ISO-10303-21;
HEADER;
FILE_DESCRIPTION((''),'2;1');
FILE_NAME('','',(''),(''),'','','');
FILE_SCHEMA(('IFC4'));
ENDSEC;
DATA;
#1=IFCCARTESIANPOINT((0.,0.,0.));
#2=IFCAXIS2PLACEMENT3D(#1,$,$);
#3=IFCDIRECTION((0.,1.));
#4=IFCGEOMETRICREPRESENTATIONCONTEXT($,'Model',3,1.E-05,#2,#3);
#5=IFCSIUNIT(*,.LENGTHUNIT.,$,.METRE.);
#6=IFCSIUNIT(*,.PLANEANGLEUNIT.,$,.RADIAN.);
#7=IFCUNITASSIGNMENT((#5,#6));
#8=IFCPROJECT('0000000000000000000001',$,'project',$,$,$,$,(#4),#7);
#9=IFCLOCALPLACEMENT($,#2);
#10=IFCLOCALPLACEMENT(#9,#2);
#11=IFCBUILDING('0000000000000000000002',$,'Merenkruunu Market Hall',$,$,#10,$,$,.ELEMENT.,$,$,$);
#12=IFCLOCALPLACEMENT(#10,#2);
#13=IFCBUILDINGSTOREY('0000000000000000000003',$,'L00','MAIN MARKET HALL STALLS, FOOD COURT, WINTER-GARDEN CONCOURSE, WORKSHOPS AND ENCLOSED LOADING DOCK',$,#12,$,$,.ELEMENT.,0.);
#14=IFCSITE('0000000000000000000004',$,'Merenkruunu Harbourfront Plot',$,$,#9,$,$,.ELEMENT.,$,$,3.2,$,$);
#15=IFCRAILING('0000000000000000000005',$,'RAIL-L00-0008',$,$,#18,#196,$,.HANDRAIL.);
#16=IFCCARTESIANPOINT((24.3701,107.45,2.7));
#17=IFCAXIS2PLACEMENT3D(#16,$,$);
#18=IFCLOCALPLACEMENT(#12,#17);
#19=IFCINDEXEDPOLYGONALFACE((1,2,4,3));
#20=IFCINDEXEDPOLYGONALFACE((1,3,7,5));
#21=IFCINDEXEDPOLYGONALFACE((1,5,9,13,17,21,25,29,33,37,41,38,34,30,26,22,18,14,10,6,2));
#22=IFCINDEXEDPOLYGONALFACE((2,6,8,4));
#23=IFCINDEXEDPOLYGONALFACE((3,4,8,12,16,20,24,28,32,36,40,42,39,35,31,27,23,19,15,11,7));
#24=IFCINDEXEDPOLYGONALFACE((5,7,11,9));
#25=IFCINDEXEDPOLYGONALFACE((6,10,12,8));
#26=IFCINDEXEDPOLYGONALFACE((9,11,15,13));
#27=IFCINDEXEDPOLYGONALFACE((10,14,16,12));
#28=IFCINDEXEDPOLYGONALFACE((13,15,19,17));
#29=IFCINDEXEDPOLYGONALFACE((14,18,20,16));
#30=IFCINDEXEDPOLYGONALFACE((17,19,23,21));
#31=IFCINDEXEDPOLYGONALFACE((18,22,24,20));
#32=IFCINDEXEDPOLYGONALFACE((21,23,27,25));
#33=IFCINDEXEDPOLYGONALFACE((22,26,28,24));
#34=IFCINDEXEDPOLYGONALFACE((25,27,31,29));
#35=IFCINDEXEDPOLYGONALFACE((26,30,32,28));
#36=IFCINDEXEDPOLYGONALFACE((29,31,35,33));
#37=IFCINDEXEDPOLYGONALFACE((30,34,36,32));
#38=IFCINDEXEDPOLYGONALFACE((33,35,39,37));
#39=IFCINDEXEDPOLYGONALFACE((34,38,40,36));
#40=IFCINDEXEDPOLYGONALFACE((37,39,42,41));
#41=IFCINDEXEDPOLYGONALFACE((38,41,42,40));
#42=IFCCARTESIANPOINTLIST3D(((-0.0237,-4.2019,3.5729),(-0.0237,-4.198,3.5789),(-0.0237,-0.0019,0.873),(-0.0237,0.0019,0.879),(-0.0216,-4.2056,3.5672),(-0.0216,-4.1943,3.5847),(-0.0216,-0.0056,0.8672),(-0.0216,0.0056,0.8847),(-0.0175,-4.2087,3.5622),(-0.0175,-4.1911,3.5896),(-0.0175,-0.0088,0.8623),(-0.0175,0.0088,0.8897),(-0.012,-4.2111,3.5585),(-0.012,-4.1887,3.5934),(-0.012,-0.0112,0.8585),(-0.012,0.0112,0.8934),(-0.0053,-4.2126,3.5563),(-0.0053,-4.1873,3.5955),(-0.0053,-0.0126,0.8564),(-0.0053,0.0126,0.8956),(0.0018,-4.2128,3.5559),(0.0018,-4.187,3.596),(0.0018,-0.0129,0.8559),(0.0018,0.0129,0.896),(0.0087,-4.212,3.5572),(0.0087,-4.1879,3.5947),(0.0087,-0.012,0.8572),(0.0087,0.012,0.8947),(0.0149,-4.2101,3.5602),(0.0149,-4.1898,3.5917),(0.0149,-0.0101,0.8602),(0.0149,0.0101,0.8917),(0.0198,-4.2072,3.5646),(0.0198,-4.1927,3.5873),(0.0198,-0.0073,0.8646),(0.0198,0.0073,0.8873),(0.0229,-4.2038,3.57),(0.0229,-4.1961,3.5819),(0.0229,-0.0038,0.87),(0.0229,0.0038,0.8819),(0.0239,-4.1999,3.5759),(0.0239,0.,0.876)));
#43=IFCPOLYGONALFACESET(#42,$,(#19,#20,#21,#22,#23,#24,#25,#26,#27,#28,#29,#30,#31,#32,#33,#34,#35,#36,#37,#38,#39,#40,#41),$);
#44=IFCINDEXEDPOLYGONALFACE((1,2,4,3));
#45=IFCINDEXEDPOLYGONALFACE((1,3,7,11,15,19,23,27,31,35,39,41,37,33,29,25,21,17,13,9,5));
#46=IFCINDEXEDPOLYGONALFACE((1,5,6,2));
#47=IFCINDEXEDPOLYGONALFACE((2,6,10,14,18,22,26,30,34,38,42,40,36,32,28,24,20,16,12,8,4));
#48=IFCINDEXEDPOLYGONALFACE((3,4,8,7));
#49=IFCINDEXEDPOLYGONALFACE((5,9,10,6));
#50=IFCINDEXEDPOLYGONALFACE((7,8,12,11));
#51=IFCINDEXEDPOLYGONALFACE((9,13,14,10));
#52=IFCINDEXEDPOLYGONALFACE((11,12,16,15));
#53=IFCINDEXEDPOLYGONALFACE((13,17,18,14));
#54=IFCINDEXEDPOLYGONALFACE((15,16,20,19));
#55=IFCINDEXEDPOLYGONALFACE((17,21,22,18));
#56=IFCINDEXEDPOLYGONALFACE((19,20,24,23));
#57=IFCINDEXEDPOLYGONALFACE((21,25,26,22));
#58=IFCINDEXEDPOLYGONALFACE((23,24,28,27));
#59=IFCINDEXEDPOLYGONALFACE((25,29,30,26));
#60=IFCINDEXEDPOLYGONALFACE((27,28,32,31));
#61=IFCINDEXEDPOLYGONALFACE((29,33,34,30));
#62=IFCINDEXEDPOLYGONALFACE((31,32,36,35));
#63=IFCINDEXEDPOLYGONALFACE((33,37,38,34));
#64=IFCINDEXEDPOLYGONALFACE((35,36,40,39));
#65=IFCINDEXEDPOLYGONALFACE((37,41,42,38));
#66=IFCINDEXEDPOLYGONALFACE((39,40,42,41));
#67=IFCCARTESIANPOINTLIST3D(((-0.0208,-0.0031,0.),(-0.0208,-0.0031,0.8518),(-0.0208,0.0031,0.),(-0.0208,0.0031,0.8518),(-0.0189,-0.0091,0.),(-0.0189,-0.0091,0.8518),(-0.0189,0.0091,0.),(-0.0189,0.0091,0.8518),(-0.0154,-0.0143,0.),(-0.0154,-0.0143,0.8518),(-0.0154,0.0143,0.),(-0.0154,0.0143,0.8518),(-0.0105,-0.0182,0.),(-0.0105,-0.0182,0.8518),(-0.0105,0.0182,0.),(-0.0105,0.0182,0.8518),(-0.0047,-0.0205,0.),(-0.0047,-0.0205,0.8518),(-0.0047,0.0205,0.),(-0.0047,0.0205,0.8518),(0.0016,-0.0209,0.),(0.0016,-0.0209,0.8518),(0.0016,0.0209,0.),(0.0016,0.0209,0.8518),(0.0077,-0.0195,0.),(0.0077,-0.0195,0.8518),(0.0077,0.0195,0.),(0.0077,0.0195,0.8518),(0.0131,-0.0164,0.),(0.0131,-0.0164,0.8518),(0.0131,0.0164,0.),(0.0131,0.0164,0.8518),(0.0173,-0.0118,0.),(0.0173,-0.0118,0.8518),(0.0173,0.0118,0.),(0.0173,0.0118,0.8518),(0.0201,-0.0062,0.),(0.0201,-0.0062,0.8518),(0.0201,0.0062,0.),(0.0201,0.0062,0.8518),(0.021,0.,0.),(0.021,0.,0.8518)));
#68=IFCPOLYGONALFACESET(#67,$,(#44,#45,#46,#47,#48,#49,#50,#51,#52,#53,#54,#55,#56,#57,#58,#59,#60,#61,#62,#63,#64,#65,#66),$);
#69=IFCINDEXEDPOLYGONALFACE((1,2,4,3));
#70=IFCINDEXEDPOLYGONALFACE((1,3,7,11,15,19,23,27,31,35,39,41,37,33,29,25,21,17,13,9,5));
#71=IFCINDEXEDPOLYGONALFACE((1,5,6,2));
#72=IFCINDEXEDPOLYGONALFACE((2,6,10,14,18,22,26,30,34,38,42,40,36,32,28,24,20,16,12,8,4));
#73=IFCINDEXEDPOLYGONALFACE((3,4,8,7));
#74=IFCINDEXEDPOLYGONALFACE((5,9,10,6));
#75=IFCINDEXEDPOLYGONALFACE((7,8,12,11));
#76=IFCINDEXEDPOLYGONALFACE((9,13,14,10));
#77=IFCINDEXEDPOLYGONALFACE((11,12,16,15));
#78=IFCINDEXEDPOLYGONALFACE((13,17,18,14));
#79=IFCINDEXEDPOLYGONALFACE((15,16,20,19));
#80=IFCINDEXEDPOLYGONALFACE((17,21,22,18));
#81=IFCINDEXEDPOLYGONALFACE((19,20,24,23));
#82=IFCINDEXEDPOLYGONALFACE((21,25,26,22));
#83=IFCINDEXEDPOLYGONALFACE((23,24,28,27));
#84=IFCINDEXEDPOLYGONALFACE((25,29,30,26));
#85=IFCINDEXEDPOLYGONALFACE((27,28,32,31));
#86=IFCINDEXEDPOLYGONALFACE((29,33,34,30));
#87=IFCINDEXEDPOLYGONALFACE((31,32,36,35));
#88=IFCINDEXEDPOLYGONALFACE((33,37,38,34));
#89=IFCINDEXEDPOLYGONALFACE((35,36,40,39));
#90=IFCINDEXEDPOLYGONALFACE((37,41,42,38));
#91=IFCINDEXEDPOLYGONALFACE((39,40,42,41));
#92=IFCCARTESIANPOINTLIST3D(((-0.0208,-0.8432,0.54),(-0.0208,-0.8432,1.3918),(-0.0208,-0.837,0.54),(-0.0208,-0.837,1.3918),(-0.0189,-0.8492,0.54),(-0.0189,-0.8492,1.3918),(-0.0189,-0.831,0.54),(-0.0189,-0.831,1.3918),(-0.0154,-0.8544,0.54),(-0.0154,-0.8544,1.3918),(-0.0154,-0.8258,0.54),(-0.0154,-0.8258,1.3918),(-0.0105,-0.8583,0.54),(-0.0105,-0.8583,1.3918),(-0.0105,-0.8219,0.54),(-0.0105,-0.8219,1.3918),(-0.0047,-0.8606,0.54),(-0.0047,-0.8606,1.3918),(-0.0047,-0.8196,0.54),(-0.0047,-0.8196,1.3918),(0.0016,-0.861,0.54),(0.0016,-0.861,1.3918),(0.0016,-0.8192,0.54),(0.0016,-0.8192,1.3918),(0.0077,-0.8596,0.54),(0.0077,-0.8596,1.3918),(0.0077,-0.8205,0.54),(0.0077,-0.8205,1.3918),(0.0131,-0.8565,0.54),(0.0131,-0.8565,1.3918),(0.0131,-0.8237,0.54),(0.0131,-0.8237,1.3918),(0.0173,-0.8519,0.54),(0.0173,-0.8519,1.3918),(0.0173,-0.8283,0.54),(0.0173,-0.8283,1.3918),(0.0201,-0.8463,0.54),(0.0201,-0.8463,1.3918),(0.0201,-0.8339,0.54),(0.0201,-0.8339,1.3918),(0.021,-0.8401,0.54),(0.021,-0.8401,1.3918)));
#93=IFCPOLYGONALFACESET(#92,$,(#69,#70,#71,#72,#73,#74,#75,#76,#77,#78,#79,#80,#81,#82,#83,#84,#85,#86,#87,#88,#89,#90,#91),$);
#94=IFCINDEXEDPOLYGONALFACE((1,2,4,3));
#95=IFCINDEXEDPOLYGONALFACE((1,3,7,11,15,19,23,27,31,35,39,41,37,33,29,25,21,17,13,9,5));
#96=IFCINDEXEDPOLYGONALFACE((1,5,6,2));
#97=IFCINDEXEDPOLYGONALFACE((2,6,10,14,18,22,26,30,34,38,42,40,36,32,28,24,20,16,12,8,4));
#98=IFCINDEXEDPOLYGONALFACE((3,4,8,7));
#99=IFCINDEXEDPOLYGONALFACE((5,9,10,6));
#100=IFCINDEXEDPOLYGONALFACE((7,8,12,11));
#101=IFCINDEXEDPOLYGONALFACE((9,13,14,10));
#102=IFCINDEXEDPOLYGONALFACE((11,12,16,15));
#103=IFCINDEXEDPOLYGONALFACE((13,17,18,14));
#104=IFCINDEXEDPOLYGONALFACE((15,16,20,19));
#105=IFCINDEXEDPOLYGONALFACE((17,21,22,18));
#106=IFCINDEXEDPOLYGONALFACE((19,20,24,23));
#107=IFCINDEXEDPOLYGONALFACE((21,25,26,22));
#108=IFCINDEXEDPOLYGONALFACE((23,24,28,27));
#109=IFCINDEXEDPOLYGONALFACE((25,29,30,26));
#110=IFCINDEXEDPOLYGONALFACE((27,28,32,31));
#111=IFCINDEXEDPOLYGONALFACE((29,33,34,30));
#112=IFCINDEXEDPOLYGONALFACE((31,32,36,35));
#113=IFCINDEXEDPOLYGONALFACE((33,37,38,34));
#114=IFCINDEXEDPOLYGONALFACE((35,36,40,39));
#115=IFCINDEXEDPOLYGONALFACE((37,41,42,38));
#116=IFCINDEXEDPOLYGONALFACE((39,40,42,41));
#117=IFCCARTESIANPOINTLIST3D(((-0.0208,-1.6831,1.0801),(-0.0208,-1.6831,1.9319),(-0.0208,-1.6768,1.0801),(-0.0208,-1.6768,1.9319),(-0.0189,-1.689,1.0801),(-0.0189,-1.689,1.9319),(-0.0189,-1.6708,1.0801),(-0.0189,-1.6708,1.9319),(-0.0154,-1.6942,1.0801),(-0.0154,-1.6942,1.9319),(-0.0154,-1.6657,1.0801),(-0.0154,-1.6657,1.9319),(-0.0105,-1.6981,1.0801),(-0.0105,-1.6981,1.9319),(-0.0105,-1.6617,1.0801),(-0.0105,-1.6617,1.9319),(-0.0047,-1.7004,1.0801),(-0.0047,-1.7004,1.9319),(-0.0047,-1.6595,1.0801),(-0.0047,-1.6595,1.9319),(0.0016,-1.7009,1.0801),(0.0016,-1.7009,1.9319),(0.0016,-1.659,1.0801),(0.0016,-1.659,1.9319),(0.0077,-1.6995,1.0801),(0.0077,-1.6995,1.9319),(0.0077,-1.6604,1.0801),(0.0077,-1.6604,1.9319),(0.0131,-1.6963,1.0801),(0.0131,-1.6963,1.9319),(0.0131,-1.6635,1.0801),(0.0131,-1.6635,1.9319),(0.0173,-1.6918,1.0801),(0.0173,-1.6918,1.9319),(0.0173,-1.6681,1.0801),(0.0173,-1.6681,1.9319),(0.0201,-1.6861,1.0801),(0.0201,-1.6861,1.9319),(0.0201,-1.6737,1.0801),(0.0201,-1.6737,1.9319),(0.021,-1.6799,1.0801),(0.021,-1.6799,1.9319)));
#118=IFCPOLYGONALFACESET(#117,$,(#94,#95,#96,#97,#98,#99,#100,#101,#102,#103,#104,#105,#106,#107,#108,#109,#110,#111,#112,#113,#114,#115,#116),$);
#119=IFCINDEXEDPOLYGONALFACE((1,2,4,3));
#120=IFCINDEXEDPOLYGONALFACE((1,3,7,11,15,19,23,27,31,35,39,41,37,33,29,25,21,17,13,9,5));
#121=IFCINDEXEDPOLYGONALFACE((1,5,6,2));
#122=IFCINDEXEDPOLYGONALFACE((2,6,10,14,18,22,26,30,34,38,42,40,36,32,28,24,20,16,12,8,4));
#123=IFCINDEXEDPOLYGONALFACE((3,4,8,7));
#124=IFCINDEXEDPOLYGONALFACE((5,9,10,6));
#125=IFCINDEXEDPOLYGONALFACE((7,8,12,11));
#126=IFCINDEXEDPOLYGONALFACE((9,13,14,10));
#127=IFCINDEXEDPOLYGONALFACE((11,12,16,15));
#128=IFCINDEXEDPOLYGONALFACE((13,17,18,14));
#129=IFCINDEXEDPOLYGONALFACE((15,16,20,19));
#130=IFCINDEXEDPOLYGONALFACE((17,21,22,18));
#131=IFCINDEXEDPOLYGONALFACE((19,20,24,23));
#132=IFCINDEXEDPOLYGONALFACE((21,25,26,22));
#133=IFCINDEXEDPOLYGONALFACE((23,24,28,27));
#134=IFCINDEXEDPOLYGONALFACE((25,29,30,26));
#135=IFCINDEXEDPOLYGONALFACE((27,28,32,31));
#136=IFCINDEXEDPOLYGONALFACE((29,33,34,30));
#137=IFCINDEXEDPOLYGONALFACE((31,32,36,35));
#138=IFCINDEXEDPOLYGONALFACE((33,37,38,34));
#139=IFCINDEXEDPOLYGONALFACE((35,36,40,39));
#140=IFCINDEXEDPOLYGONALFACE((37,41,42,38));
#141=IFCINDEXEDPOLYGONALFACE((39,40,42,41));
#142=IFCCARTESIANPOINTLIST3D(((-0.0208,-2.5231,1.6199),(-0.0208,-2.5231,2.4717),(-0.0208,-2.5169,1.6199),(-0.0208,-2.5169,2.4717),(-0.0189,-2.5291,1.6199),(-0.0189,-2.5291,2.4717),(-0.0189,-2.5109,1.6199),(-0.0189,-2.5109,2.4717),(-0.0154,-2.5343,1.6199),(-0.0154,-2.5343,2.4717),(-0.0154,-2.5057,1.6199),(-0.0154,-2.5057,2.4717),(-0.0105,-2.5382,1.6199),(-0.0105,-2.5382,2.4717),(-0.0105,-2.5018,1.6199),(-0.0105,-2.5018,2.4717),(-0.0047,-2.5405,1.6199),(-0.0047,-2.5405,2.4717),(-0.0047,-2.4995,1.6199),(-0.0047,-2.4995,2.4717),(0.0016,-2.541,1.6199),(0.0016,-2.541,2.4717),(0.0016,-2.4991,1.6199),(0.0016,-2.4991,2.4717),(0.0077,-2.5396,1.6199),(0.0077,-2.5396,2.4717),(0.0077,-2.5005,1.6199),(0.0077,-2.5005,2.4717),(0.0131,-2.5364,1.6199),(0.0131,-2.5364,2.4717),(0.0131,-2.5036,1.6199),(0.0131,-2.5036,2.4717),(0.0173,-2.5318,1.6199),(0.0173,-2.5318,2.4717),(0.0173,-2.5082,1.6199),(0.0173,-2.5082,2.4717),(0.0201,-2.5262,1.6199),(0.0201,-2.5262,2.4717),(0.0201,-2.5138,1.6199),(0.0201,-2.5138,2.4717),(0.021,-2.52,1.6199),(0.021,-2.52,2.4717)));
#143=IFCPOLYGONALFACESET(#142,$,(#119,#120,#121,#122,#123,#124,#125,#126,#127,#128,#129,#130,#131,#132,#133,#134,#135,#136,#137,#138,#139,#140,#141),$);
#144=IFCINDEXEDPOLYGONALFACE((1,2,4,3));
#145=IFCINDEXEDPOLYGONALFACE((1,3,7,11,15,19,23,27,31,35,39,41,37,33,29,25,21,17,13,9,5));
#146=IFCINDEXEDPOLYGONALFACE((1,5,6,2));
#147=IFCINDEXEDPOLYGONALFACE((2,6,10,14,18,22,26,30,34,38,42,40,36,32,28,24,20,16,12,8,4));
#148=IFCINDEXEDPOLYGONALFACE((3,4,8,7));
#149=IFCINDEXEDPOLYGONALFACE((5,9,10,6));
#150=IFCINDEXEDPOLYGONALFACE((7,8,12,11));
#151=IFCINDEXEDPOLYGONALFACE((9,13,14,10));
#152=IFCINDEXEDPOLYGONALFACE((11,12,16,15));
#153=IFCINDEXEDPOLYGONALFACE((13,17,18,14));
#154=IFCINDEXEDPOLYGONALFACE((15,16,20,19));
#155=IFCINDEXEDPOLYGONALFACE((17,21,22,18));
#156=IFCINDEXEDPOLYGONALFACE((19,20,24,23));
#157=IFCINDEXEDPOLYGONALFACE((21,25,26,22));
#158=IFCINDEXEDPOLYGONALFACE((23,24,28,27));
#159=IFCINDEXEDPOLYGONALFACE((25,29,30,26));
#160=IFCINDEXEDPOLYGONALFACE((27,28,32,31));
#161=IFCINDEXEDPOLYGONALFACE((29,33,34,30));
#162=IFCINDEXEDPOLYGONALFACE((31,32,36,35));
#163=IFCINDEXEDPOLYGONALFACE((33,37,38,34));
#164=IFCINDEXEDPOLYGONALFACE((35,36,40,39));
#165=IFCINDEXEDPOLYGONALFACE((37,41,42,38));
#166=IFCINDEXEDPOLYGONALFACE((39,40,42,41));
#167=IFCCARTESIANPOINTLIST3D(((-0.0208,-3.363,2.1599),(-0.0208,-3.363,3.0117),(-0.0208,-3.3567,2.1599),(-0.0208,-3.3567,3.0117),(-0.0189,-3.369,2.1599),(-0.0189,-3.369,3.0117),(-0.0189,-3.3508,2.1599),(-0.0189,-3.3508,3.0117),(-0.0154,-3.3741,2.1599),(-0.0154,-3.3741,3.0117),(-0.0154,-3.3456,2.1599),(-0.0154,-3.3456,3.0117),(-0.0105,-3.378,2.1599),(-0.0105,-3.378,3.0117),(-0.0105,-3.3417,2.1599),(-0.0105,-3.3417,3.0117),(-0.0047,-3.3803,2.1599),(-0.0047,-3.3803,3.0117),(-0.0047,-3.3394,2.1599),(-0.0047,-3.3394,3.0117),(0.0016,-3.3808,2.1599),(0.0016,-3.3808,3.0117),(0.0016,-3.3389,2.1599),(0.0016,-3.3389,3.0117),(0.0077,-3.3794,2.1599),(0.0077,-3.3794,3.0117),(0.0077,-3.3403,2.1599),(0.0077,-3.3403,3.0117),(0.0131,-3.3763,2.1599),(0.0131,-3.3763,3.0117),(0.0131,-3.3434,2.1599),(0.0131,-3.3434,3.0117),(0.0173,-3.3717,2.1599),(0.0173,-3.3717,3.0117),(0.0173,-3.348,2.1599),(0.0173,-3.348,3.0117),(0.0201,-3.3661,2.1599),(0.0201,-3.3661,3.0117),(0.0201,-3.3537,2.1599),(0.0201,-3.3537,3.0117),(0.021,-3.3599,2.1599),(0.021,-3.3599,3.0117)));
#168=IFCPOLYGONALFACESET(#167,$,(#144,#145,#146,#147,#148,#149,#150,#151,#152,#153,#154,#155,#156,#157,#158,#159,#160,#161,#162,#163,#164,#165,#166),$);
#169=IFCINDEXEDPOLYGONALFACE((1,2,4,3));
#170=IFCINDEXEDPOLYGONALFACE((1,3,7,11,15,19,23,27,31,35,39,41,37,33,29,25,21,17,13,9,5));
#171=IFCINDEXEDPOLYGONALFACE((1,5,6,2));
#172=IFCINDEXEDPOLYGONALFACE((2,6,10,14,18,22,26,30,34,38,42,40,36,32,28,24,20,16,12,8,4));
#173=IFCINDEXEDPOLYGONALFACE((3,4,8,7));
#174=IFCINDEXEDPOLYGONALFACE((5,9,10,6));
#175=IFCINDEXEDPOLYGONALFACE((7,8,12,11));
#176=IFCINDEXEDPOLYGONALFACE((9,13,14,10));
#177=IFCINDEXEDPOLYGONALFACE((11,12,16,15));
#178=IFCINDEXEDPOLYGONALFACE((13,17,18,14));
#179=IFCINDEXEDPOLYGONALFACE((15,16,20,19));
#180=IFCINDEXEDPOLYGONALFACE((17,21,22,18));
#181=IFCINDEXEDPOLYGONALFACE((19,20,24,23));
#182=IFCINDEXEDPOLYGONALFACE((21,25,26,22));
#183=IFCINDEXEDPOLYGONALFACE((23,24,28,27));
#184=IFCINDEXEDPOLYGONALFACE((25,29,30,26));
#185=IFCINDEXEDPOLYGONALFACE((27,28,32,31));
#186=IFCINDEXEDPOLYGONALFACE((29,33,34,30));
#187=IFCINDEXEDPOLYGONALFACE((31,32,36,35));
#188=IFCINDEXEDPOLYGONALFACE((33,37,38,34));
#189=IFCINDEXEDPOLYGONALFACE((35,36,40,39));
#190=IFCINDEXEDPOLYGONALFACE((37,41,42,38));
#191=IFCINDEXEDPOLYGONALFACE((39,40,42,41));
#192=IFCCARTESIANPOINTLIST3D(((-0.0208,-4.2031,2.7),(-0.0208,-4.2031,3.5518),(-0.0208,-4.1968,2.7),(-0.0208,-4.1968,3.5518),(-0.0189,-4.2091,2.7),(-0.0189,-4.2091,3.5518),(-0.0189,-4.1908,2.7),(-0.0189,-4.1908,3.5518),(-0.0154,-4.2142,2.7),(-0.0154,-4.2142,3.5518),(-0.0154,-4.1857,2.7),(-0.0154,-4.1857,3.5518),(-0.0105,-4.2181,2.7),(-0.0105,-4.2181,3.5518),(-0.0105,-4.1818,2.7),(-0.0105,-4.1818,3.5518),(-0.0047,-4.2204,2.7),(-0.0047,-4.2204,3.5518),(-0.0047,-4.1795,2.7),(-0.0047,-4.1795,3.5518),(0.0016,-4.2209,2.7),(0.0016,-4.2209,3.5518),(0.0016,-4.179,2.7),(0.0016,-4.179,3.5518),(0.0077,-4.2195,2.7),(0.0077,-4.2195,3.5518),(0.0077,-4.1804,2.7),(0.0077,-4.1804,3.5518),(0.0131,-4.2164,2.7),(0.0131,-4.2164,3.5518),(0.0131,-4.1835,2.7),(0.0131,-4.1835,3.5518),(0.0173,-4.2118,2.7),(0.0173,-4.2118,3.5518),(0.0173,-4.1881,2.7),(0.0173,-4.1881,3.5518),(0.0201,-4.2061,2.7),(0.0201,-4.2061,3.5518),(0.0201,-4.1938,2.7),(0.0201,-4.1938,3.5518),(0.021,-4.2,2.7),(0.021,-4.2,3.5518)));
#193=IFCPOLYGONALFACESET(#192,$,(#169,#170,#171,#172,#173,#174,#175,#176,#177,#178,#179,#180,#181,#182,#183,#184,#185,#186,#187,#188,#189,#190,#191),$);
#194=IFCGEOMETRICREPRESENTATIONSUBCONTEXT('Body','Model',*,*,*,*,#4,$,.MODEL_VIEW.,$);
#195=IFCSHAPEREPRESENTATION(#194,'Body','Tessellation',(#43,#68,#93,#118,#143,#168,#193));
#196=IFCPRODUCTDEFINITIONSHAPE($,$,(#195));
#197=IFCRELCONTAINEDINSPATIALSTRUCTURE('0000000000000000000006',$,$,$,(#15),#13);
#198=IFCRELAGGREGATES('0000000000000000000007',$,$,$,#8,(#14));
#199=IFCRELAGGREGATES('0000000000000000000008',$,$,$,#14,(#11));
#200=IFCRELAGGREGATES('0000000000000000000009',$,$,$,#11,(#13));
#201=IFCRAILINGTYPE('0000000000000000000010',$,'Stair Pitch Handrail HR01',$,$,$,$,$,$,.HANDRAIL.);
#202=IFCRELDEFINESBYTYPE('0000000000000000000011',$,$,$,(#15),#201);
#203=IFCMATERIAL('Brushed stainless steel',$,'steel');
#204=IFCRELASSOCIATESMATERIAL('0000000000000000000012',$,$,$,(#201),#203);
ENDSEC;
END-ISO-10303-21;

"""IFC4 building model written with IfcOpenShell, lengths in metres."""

from ifc_helpers import new_model, si_unit, direction, frame, origin, origin_2d, place, context, subcontext, project, spatial, circle, extrude, material, type_object, element, save


model = new_model("IFC4")

# Units and contexts
model_context = context("Model", 3, precision=1e-05, world=origin(), true_north=direction((0.0, 1.0)))
body_context = subcontext(model_context, "Body", "Model", "MODEL_VIEW")
ifc_project = project(units=[si_unit("LENGTHUNIT", "METRE"), si_unit("PLANEANGLEUNIT", "RADIAN")], contexts=[model_context])

# Site, building, storey
site_placement = place(None, origin())
site = spatial("IfcSite", under=ifc_project, at=site_placement, Name="Merenkruunu Harbourfront Plot", CompositionType="ELEMENT", RefElevation=3.2)
building_placement = place(site_placement, origin())
building = spatial("IfcBuilding", under=site, at=building_placement, Name="Merenkruunu Market Hall", CompositionType="ELEMENT")
storey_placement = place(building_placement, origin())
storey = spatial("IfcBuildingStorey", under=building, at=storey_placement, Name="L00", Description="MAIN MARKET HALL STALLS, FOOD COURT, WINTER-GARDEN CONCOURSE, WORKSHOPS AND ENCLOSED LOADING DOCK", CompositionType="ELEMENT", Elevation=0.0)

# Railing
ifc_material_1 = material(Name="Brushed stainless steel", Category="steel")
railing_type = type_object("IfcRailingType", Name="Stair Pitch Handrail HR01", PredefinedType="HANDRAIL", material=ifc_material_1)
railing_placement = place(storey_placement, frame((24.3701, 107.45, 2.7)))
element("IfcRailing", 1, at=railing_placement, inside=storey, type_object=railing_type, Name="RAIL-L00-0008", PredefinedType="HANDRAIL", context=body_context, shape_type="SweptSolid", body=[
    extrude(circle(Radius=0.0239, at=origin_2d()), frame((0.0, 0.0, 0.876), z_axis=(0.0, -0.84118, 0.540755), x_axis=(1.0, 0.0, 0.0)), (0.0, 0.0, 1.0), 4.9929),
    extrude(circle(Radius=0.021, at=origin_2d()), origin(), (0.0, 0.0, 1.0), 0.8518),
    extrude(circle(Radius=0.021, at=origin_2d()), frame((0.0, -0.8401, 0.54)), (0.0, 0.0, 1.0), 0.8518),
    extrude(circle(Radius=0.021, at=origin_2d()), frame((0.0, -1.6799, 1.0801)), (0.0, 0.0, 1.0), 0.8518),
    extrude(circle(Radius=0.021, at=origin_2d()), frame((0.0, -2.52, 1.6199)), (0.0, 0.0, 1.0), 0.8518),
    extrude(circle(Radius=0.021, at=origin_2d()), frame((0.0, -3.3599, 2.1599)), (0.0, 0.0, 1.0), 0.8518),
    extrude(circle(Radius=0.021, at=origin_2d()), frame((0.0, -4.2, 2.7)), (0.0, 0.0, 1.0), 0.8518),
])

save(model, "model.ifc")
